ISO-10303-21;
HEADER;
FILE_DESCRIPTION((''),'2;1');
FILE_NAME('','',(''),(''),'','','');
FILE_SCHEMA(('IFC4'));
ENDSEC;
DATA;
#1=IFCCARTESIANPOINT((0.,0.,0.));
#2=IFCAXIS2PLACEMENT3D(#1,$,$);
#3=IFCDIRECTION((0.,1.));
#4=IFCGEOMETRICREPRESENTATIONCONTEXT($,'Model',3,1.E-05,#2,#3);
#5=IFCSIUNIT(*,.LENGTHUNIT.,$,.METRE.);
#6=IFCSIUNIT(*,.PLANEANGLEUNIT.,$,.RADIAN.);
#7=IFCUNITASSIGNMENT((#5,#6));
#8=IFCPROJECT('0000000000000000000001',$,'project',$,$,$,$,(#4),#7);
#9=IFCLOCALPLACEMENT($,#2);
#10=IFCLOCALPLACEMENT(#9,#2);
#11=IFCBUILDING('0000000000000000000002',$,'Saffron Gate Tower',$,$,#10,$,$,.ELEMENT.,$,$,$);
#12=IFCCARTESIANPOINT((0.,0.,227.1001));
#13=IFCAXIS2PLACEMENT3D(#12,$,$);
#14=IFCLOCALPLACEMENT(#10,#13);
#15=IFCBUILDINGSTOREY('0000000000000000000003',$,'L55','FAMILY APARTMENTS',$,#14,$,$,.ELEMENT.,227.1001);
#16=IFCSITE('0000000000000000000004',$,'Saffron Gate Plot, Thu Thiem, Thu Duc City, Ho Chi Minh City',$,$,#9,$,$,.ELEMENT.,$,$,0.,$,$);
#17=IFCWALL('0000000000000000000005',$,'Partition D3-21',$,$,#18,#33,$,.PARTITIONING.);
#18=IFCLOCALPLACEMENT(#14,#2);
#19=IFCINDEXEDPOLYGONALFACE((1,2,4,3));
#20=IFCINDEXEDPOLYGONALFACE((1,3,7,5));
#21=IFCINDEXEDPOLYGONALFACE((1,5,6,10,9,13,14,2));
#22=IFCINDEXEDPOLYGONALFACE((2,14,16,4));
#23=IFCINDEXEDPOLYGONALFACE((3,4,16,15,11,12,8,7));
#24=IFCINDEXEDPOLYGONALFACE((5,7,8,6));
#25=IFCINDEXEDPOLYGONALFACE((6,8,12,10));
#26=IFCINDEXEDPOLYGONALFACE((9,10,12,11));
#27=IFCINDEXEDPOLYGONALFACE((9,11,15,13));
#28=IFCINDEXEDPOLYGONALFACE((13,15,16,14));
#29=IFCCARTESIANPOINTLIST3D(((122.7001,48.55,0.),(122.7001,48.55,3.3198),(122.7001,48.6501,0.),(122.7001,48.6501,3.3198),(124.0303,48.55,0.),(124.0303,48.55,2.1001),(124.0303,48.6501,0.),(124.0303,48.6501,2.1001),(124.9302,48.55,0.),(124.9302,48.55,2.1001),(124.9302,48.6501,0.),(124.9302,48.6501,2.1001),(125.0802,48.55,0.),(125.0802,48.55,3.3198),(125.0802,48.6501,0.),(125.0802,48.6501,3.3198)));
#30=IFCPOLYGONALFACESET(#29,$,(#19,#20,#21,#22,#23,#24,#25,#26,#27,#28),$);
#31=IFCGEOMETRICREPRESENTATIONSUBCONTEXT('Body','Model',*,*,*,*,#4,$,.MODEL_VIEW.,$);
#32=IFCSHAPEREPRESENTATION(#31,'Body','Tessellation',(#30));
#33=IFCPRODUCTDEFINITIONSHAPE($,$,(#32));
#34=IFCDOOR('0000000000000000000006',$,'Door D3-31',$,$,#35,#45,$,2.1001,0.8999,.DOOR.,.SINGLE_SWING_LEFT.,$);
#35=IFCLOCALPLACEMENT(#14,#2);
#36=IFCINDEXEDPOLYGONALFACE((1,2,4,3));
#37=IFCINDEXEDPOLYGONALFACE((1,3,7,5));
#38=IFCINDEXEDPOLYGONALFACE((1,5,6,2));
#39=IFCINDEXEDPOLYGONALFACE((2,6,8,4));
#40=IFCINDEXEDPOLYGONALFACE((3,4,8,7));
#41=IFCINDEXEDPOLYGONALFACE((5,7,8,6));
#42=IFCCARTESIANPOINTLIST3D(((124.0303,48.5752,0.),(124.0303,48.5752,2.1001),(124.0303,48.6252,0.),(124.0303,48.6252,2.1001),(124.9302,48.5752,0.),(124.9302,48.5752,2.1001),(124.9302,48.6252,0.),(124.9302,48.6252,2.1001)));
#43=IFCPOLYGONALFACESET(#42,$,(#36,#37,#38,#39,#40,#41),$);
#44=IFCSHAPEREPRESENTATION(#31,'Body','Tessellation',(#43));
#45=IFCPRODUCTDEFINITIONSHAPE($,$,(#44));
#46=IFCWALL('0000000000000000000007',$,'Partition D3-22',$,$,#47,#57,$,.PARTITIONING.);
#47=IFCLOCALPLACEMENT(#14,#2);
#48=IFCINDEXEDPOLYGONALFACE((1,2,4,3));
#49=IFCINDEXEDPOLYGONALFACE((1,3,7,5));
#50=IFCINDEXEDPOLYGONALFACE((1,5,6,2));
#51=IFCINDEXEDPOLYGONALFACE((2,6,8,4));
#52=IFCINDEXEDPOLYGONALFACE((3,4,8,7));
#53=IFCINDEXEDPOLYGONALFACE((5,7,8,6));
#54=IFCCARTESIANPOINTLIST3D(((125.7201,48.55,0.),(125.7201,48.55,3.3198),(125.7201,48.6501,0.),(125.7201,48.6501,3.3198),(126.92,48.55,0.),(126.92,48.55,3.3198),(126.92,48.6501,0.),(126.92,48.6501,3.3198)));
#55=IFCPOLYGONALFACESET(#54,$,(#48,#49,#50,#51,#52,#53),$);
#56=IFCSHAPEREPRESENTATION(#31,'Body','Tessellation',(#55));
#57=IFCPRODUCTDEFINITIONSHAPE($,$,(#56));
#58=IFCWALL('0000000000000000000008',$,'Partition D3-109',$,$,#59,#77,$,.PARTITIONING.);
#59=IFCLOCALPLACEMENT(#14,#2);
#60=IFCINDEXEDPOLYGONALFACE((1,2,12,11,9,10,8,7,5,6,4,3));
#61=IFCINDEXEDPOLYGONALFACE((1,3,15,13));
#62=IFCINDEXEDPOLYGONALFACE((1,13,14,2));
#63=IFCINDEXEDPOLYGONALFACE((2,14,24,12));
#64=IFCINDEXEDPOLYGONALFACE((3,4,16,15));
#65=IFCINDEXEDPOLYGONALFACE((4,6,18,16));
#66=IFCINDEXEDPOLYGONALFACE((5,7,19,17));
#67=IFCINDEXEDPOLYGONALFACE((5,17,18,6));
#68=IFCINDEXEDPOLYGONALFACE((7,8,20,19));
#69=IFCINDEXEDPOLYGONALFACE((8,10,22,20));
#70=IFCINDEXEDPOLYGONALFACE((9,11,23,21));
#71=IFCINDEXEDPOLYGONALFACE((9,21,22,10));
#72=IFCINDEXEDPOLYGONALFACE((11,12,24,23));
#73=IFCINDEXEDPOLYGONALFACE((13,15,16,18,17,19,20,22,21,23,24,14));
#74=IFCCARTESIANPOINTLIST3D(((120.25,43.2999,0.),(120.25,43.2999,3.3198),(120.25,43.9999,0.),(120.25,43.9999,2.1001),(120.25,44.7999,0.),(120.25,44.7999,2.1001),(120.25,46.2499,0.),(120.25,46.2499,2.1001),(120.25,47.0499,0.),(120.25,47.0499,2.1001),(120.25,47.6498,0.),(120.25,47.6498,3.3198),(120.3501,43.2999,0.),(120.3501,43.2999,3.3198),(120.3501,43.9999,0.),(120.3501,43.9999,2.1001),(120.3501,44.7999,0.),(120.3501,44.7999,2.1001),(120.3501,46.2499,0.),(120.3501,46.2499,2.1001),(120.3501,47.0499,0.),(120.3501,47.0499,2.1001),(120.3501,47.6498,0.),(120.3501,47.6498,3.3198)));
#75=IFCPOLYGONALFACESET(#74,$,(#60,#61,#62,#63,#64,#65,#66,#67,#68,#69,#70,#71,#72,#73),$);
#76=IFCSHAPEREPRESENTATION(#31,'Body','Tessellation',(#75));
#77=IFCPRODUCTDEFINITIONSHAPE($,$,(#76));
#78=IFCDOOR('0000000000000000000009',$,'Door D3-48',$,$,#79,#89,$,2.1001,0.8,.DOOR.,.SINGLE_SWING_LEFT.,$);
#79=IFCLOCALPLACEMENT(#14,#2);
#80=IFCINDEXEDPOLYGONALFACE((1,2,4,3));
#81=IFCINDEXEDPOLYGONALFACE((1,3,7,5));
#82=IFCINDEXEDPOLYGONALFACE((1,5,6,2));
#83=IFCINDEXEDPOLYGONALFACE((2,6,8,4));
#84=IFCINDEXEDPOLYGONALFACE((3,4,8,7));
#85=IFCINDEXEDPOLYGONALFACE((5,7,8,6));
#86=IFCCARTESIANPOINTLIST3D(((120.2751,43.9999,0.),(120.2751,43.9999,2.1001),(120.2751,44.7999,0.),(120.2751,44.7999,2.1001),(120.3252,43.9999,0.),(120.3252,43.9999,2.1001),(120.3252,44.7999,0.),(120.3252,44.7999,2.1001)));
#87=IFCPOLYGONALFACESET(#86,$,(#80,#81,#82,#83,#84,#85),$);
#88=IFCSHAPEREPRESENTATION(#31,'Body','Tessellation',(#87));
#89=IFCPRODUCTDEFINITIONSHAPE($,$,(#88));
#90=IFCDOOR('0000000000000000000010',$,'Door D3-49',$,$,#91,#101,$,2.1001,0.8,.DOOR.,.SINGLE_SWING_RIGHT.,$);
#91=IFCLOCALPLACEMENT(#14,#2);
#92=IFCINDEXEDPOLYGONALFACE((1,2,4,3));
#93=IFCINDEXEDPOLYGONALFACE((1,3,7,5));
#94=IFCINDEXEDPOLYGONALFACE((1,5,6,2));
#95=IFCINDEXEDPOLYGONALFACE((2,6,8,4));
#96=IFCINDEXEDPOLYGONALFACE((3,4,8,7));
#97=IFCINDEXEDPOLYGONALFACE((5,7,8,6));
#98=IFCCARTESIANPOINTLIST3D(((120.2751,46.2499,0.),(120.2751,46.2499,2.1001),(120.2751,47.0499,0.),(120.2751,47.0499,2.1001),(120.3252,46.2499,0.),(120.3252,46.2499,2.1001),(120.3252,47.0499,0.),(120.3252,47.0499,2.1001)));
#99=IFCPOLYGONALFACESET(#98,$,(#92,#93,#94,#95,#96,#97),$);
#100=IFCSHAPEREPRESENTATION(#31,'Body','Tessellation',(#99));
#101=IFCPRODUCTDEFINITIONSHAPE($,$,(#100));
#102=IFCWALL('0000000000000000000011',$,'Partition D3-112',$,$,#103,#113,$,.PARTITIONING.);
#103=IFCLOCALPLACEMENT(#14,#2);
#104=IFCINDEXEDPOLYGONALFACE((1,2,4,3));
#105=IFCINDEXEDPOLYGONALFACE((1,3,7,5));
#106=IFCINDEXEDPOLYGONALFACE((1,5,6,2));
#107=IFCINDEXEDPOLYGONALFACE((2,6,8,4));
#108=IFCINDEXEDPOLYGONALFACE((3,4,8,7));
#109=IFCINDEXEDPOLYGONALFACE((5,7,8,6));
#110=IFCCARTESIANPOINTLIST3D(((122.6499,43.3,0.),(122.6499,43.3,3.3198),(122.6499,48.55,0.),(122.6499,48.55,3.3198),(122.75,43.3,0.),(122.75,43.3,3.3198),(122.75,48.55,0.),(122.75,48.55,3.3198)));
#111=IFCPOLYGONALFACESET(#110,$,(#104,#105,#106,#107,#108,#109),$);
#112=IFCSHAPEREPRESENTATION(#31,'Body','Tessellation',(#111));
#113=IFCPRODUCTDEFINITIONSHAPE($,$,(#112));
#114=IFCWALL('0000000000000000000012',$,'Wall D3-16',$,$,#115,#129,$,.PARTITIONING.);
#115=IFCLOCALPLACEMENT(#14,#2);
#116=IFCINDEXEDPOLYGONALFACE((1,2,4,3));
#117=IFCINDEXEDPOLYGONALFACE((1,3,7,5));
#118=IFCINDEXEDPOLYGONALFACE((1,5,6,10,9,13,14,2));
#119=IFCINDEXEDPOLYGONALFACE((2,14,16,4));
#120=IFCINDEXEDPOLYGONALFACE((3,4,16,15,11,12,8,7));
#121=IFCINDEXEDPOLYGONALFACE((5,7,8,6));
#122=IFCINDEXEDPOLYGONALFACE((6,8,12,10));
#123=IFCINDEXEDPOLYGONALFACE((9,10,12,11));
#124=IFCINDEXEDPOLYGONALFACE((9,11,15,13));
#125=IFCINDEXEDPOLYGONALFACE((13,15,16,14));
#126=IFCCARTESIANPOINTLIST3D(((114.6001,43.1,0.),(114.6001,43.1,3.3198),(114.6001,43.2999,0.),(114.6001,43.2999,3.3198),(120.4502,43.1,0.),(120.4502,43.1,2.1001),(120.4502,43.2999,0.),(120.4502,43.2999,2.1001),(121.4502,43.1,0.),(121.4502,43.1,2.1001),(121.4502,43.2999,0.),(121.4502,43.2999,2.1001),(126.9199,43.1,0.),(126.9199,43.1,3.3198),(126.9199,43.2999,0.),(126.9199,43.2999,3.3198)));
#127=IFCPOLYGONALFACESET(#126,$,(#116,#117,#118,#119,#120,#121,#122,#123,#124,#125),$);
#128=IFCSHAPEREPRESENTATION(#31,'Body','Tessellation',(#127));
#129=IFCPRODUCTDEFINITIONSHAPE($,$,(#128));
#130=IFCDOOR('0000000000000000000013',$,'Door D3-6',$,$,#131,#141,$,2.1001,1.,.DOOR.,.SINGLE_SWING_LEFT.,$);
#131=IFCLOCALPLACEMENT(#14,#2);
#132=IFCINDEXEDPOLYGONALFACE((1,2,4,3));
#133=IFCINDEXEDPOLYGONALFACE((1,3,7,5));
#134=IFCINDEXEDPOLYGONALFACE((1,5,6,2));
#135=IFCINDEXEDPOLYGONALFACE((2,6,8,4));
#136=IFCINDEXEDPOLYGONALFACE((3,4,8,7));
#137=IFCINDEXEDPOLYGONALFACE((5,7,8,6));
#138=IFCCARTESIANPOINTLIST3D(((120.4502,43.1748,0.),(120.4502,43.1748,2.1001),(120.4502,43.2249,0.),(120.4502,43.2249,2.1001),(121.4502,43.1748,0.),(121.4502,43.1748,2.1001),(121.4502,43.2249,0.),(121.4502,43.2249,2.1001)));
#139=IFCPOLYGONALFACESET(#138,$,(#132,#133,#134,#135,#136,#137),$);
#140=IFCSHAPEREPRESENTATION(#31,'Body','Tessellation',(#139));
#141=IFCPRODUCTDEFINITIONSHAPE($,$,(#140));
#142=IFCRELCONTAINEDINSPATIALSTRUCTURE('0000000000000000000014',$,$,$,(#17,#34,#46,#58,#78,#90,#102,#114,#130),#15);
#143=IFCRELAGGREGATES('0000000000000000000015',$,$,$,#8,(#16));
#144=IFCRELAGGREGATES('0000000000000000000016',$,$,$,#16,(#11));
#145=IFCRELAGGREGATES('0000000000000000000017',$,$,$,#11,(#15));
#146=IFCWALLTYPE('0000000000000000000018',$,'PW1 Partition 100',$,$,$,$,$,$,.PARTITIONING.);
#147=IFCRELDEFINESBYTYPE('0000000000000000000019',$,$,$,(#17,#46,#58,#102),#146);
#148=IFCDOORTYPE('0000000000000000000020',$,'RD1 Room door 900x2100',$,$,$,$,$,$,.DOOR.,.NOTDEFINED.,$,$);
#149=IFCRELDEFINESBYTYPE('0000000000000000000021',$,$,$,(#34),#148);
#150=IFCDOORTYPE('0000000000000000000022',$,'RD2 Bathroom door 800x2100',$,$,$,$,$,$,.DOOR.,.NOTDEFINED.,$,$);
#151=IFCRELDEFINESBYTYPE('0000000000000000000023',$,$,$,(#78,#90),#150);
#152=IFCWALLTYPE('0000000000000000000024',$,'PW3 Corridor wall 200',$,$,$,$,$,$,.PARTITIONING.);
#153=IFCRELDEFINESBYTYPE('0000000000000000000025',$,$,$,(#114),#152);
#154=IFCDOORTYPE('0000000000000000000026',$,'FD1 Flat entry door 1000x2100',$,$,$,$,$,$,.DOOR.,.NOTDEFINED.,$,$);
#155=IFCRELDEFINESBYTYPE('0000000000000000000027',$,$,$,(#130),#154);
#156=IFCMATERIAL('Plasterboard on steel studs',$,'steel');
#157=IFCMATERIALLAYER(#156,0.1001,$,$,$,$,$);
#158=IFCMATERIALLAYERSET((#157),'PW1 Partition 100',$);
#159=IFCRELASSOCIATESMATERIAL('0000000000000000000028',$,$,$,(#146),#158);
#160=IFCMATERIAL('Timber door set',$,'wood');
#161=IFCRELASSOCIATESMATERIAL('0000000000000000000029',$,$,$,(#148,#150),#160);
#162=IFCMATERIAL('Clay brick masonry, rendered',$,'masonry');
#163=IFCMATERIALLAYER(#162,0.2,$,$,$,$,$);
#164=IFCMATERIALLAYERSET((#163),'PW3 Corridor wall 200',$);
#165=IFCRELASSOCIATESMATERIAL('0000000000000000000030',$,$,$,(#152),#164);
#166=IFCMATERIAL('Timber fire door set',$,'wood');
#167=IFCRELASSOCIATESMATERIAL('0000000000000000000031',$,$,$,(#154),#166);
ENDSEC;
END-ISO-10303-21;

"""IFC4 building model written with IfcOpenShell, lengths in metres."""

from ifc_helpers import new_model, si_unit, direction, frame, frame_2d, origin, place, context, subcontext, project, spatial, rectangle, extrude, material, layer, layer_set, type_object, element, fill, save


model = new_model("IFC4")

# Units and contexts
model_context = context("Model", 3, precision=1e-05, world=origin(), true_north=direction((0.0, 1.0)))
body_context = subcontext(model_context, "Body", "Model", "MODEL_VIEW")
ifc_project = project(units=[si_unit("LENGTHUNIT", "METRE"), si_unit("PLANEANGLEUNIT", "RADIAN")], contexts=[model_context])

# Site, building, storey
site_placement = place(None, origin())
site = spatial("IfcSite", under=ifc_project, at=site_placement, Name="Saffron Gate Plot, Thu Thiem, Thu Duc City, Ho Chi Minh City", CompositionType="ELEMENT", RefElevation=0.0)
building_placement = place(site_placement, origin())
building = spatial("IfcBuilding", under=site, at=building_placement, Name="Saffron Gate Tower", CompositionType="ELEMENT")
storey_placement = place(building_placement, frame((0.0, 0.0, 227.1001)))
storey = spatial("IfcBuildingStorey", under=building, at=storey_placement, Name="L55", Description="FAMILY APARTMENTS", CompositionType="ELEMENT", Elevation=227.1001)

# Shared definitions
ifc_material_1 = material(Name="Plasterboard on steel studs", Category="steel")
ifc_layer_1 = layer(ifc_material_1, 0.1001)
ifc_layer_set_1 = layer_set([ifc_layer_1], Name="PW1 Partition 100")
wall_type_1 = type_object("IfcWallType", Name="PW1 Partition 100", PredefinedType="PARTITIONING", material=ifc_layer_set_1)

# Wall, opening, door
wall_1_placement = place(storey_placement, frame((125.0801, 48.6001, 0.0), z_axis=(0.0, 0.0, 1.0), x_axis=(-1.0, 0.0, 0.0)))
wall_1 = element("IfcWall", 1, at=wall_1_placement, inside=storey, type_object=wall_type_1, Name="Partition D3-21", PredefinedType="PARTITIONING", context=body_context, shape_type="SweptSolid", body=[
    extrude(rectangle(XDim=2.3801, YDim=0.1001, at=frame_2d((1.1899, 0.0))), origin(), (0.0, 0.0, 1.0), 3.3198),
])
opening_1_placement = place(wall_1_placement, frame((0.1499, 0.0, 0.0)))
opening_1 = element("IfcOpeningElement", 2, at=opening_1_placement, cuts=wall_1, PredefinedType="OPENING", context=body_context, shape_type="SweptSolid", body=[
    extrude(rectangle(XDim=0.8999, YDim=2.1001, at=frame_2d((0.45, 1.05))), frame((0.0, 0.0601, 0.0), z_axis=(0.0, -1.0, 0.0), x_axis=(1.0, 0.0, 0.0)), (0.0, 0.0, 1.0), 0.1201),
])
ifc_material_2 = material(Name="Timber door set", Category="wood")
door_type_1 = type_object("IfcDoorType", Name="RD1 Room door 900x2100", OperationType="NOTDEFINED", PredefinedType="DOOR", material=ifc_material_2)
door_1_placement = place(opening_1_placement, origin())
door_1 = element("IfcDoor", 3, at=door_1_placement, inside=storey, type_object=door_type_1, Name="Door D3-31", OperationType="SINGLE_SWING_LEFT", OverallHeight=2.1001, OverallWidth=0.8999, PredefinedType="DOOR", context=body_context, shape_type="SweptSolid", body=[
    extrude(rectangle(XDim=0.8999, YDim=2.1001, at=frame_2d((0.45, 1.05))), frame((0.0, 0.0249, 0.0), z_axis=(0.0, -1.0, 0.0), x_axis=(1.0, 0.0, 0.0)), (0.0, 0.0, 1.0), 0.05),
])
fill(opening_1, door_1)

# Wall
wall_2_placement = place(storey_placement, frame((125.72, 48.6001, 0.0), z_axis=(0.0, 0.0, 1.0), x_axis=(1.0, 0.0, 0.0)))
element("IfcWall", 4, at=wall_2_placement, inside=storey, type_object=wall_type_1, Name="Partition D3-22", PredefinedType="PARTITIONING", context=body_context, shape_type="SweptSolid", body=[
    extrude(rectangle(XDim=1.2, YDim=0.1001, at=frame_2d((0.6001, 0.0))), origin(), (0.0, 0.0, 1.0), 3.3198),
])

# Wall, openings, doors
wall_3_placement = place(storey_placement, frame((120.3, 43.3, 0.0), z_axis=(0.0, 0.0, 1.0), x_axis=(0.0, 1.0, 0.0)))
wall_3 = element("IfcWall", 5, at=wall_3_placement, inside=storey, type_object=wall_type_1, Name="Partition D3-109", PredefinedType="PARTITIONING", context=body_context, shape_type="SweptSolid", body=[
    extrude(rectangle(XDim=4.3499, YDim=0.1001, at=frame_2d((2.1748, 0.0))), origin(), (0.0, 0.0, 1.0), 3.3198),
])
opening_2_placement = place(wall_3_placement, frame((0.7, 0.0, 0.0)))
opening_2 = element("IfcOpeningElement", 6, at=opening_2_placement, cuts=wall_3, PredefinedType="OPENING", context=body_context, shape_type="SweptSolid", body=[
    extrude(rectangle(XDim=0.8, YDim=2.1001, at=frame_2d((0.3999, 1.05))), frame((0.0, 0.0601, 0.0), z_axis=(0.0, -1.0, 0.0), x_axis=(1.0, 0.0, 0.0)), (0.0, 0.0, 1.0), 0.1201),
])
opening_3_placement = place(wall_3_placement, frame((2.95, 0.0, 0.0)))
opening_3 = element("IfcOpeningElement", 7, at=opening_3_placement, cuts=wall_3, PredefinedType="OPENING", context=body_context, shape_type="SweptSolid", body=[
    extrude(rectangle(XDim=0.8, YDim=2.1001, at=frame_2d((0.3999, 1.05))), frame((0.0, 0.0601, 0.0), z_axis=(0.0, -1.0, 0.0), x_axis=(1.0, 0.0, 0.0)), (0.0, 0.0, 1.0), 0.1201),
])
door_type_2 = type_object("IfcDoorType", Name="RD2 Bathroom door 800x2100", OperationType="NOTDEFINED", PredefinedType="DOOR", material=ifc_material_2)
door_2_placement = place(opening_2_placement, origin())
door_2 = element("IfcDoor", 8, at=door_2_placement, inside=storey, type_object=door_type_2, Name="Door D3-48", OperationType="SINGLE_SWING_LEFT", OverallHeight=2.1001, OverallWidth=0.8, PredefinedType="DOOR", context=body_context, shape_type="SweptSolid", body=[
    extrude(rectangle(XDim=0.8, YDim=2.1001, at=frame_2d((0.3999, 1.05))), frame((0.0, 0.0249, 0.0), z_axis=(0.0, -1.0, 0.0), x_axis=(1.0, 0.0, 0.0)), (0.0, 0.0, 1.0), 0.05),
])
fill(opening_2, door_2)
door_3_placement = place(opening_3_placement, origin())
door_3 = element("IfcDoor", 9, at=door_3_placement, inside=storey, type_object=door_type_2, Name="Door D3-49", OperationType="SINGLE_SWING_RIGHT", OverallHeight=2.1001, OverallWidth=0.8, PredefinedType="DOOR", context=body_context, shape_type="SweptSolid", body=[
    extrude(rectangle(XDim=0.8, YDim=2.1001, at=frame_2d((0.3999, 1.05))), frame((0.0, 0.0249, 0.0), z_axis=(0.0, -1.0, 0.0), x_axis=(1.0, 0.0, 0.0)), (0.0, 0.0, 1.0), 0.05),
])
fill(opening_3, door_3)

# Wall
wall_4_placement = place(storey_placement, frame((122.7, 48.55, 0.0), z_axis=(0.0, 0.0, 1.0), x_axis=(0.0, -1.0, 0.0)))
element("IfcWall", 10, at=wall_4_placement, inside=storey, type_object=wall_type_1, Name="Partition D3-112", PredefinedType="PARTITIONING", context=body_context, shape_type="SweptSolid", body=[
    extrude(rectangle(XDim=5.25, YDim=0.1001, at=frame_2d((2.625, 0.0))), origin(), (0.0, 0.0, 1.0), 3.3198),
])

# Wall, opening, door
ifc_material_3 = material(Name="Clay brick masonry, rendered", Category="masonry")
ifc_layer_2 = layer(ifc_material_3, 0.2)
ifc_layer_set_2 = layer_set([ifc_layer_2], Name="PW3 Corridor wall 200")
wall_type_2 = type_object("IfcWallType", Name="PW3 Corridor wall 200", PredefinedType="PARTITIONING", material=ifc_layer_set_2)
wall_5_placement = place(storey_placement, frame((114.6001, 43.2, 0.0), z_axis=(0.0, 0.0, 1.0), x_axis=(1.0, 0.0, 0.0)))
wall_5 = element("IfcWall", 11, at=wall_5_placement, inside=storey, type_object=wall_type_2, Name="Wall D3-16", PredefinedType="PARTITIONING", context=body_context, shape_type="SweptSolid", body=[
    extrude(rectangle(XDim=12.3198, YDim=0.2, at=frame_2d((6.1599, 0.0))), origin(), (0.0, 0.0, 1.0), 3.3198),
])
opening_4_placement = place(wall_5_placement, frame((5.8501, 0.0, 0.0)))
opening_4 = element("IfcOpeningElement", 12, at=opening_4_placement, cuts=wall_5, PredefinedType="OPENING", context=body_context, shape_type="SweptSolid", body=[
    extrude(rectangle(XDim=1.0, YDim=2.1001, at=frame_2d((0.5, 1.05))), frame((0.0, 0.1099, 0.0), z_axis=(0.0, -1.0, 0.0), x_axis=(1.0, 0.0, 0.0)), (0.0, 0.0, 1.0), 0.22),
])
ifc_material_4 = material(Name="Timber fire door set", Category="wood")
door_type_3 = type_object("IfcDoorType", Name="FD1 Flat entry door 1000x2100", OperationType="NOTDEFINED", PredefinedType="DOOR", material=ifc_material_4)
door_4_placement = place(opening_4_placement, origin())
door_4 = element("IfcDoor", 13, at=door_4_placement, inside=storey, type_object=door_type_3, Name="Door D3-6", OperationType="SINGLE_SWING_LEFT", OverallHeight=2.1001, OverallWidth=1.0, PredefinedType="DOOR", context=body_context, shape_type="SweptSolid", body=[
    extrude(rectangle(XDim=1.0, YDim=2.1001, at=frame_2d((0.5, 1.05))), frame((0.0, 0.0249, 0.0), z_axis=(0.0, -1.0, 0.0), x_axis=(1.0, 0.0, 0.0)), (0.0, 0.0, 1.0), 0.05),
])
fill(opening_4, door_4)

save(model, "model.ifc")
